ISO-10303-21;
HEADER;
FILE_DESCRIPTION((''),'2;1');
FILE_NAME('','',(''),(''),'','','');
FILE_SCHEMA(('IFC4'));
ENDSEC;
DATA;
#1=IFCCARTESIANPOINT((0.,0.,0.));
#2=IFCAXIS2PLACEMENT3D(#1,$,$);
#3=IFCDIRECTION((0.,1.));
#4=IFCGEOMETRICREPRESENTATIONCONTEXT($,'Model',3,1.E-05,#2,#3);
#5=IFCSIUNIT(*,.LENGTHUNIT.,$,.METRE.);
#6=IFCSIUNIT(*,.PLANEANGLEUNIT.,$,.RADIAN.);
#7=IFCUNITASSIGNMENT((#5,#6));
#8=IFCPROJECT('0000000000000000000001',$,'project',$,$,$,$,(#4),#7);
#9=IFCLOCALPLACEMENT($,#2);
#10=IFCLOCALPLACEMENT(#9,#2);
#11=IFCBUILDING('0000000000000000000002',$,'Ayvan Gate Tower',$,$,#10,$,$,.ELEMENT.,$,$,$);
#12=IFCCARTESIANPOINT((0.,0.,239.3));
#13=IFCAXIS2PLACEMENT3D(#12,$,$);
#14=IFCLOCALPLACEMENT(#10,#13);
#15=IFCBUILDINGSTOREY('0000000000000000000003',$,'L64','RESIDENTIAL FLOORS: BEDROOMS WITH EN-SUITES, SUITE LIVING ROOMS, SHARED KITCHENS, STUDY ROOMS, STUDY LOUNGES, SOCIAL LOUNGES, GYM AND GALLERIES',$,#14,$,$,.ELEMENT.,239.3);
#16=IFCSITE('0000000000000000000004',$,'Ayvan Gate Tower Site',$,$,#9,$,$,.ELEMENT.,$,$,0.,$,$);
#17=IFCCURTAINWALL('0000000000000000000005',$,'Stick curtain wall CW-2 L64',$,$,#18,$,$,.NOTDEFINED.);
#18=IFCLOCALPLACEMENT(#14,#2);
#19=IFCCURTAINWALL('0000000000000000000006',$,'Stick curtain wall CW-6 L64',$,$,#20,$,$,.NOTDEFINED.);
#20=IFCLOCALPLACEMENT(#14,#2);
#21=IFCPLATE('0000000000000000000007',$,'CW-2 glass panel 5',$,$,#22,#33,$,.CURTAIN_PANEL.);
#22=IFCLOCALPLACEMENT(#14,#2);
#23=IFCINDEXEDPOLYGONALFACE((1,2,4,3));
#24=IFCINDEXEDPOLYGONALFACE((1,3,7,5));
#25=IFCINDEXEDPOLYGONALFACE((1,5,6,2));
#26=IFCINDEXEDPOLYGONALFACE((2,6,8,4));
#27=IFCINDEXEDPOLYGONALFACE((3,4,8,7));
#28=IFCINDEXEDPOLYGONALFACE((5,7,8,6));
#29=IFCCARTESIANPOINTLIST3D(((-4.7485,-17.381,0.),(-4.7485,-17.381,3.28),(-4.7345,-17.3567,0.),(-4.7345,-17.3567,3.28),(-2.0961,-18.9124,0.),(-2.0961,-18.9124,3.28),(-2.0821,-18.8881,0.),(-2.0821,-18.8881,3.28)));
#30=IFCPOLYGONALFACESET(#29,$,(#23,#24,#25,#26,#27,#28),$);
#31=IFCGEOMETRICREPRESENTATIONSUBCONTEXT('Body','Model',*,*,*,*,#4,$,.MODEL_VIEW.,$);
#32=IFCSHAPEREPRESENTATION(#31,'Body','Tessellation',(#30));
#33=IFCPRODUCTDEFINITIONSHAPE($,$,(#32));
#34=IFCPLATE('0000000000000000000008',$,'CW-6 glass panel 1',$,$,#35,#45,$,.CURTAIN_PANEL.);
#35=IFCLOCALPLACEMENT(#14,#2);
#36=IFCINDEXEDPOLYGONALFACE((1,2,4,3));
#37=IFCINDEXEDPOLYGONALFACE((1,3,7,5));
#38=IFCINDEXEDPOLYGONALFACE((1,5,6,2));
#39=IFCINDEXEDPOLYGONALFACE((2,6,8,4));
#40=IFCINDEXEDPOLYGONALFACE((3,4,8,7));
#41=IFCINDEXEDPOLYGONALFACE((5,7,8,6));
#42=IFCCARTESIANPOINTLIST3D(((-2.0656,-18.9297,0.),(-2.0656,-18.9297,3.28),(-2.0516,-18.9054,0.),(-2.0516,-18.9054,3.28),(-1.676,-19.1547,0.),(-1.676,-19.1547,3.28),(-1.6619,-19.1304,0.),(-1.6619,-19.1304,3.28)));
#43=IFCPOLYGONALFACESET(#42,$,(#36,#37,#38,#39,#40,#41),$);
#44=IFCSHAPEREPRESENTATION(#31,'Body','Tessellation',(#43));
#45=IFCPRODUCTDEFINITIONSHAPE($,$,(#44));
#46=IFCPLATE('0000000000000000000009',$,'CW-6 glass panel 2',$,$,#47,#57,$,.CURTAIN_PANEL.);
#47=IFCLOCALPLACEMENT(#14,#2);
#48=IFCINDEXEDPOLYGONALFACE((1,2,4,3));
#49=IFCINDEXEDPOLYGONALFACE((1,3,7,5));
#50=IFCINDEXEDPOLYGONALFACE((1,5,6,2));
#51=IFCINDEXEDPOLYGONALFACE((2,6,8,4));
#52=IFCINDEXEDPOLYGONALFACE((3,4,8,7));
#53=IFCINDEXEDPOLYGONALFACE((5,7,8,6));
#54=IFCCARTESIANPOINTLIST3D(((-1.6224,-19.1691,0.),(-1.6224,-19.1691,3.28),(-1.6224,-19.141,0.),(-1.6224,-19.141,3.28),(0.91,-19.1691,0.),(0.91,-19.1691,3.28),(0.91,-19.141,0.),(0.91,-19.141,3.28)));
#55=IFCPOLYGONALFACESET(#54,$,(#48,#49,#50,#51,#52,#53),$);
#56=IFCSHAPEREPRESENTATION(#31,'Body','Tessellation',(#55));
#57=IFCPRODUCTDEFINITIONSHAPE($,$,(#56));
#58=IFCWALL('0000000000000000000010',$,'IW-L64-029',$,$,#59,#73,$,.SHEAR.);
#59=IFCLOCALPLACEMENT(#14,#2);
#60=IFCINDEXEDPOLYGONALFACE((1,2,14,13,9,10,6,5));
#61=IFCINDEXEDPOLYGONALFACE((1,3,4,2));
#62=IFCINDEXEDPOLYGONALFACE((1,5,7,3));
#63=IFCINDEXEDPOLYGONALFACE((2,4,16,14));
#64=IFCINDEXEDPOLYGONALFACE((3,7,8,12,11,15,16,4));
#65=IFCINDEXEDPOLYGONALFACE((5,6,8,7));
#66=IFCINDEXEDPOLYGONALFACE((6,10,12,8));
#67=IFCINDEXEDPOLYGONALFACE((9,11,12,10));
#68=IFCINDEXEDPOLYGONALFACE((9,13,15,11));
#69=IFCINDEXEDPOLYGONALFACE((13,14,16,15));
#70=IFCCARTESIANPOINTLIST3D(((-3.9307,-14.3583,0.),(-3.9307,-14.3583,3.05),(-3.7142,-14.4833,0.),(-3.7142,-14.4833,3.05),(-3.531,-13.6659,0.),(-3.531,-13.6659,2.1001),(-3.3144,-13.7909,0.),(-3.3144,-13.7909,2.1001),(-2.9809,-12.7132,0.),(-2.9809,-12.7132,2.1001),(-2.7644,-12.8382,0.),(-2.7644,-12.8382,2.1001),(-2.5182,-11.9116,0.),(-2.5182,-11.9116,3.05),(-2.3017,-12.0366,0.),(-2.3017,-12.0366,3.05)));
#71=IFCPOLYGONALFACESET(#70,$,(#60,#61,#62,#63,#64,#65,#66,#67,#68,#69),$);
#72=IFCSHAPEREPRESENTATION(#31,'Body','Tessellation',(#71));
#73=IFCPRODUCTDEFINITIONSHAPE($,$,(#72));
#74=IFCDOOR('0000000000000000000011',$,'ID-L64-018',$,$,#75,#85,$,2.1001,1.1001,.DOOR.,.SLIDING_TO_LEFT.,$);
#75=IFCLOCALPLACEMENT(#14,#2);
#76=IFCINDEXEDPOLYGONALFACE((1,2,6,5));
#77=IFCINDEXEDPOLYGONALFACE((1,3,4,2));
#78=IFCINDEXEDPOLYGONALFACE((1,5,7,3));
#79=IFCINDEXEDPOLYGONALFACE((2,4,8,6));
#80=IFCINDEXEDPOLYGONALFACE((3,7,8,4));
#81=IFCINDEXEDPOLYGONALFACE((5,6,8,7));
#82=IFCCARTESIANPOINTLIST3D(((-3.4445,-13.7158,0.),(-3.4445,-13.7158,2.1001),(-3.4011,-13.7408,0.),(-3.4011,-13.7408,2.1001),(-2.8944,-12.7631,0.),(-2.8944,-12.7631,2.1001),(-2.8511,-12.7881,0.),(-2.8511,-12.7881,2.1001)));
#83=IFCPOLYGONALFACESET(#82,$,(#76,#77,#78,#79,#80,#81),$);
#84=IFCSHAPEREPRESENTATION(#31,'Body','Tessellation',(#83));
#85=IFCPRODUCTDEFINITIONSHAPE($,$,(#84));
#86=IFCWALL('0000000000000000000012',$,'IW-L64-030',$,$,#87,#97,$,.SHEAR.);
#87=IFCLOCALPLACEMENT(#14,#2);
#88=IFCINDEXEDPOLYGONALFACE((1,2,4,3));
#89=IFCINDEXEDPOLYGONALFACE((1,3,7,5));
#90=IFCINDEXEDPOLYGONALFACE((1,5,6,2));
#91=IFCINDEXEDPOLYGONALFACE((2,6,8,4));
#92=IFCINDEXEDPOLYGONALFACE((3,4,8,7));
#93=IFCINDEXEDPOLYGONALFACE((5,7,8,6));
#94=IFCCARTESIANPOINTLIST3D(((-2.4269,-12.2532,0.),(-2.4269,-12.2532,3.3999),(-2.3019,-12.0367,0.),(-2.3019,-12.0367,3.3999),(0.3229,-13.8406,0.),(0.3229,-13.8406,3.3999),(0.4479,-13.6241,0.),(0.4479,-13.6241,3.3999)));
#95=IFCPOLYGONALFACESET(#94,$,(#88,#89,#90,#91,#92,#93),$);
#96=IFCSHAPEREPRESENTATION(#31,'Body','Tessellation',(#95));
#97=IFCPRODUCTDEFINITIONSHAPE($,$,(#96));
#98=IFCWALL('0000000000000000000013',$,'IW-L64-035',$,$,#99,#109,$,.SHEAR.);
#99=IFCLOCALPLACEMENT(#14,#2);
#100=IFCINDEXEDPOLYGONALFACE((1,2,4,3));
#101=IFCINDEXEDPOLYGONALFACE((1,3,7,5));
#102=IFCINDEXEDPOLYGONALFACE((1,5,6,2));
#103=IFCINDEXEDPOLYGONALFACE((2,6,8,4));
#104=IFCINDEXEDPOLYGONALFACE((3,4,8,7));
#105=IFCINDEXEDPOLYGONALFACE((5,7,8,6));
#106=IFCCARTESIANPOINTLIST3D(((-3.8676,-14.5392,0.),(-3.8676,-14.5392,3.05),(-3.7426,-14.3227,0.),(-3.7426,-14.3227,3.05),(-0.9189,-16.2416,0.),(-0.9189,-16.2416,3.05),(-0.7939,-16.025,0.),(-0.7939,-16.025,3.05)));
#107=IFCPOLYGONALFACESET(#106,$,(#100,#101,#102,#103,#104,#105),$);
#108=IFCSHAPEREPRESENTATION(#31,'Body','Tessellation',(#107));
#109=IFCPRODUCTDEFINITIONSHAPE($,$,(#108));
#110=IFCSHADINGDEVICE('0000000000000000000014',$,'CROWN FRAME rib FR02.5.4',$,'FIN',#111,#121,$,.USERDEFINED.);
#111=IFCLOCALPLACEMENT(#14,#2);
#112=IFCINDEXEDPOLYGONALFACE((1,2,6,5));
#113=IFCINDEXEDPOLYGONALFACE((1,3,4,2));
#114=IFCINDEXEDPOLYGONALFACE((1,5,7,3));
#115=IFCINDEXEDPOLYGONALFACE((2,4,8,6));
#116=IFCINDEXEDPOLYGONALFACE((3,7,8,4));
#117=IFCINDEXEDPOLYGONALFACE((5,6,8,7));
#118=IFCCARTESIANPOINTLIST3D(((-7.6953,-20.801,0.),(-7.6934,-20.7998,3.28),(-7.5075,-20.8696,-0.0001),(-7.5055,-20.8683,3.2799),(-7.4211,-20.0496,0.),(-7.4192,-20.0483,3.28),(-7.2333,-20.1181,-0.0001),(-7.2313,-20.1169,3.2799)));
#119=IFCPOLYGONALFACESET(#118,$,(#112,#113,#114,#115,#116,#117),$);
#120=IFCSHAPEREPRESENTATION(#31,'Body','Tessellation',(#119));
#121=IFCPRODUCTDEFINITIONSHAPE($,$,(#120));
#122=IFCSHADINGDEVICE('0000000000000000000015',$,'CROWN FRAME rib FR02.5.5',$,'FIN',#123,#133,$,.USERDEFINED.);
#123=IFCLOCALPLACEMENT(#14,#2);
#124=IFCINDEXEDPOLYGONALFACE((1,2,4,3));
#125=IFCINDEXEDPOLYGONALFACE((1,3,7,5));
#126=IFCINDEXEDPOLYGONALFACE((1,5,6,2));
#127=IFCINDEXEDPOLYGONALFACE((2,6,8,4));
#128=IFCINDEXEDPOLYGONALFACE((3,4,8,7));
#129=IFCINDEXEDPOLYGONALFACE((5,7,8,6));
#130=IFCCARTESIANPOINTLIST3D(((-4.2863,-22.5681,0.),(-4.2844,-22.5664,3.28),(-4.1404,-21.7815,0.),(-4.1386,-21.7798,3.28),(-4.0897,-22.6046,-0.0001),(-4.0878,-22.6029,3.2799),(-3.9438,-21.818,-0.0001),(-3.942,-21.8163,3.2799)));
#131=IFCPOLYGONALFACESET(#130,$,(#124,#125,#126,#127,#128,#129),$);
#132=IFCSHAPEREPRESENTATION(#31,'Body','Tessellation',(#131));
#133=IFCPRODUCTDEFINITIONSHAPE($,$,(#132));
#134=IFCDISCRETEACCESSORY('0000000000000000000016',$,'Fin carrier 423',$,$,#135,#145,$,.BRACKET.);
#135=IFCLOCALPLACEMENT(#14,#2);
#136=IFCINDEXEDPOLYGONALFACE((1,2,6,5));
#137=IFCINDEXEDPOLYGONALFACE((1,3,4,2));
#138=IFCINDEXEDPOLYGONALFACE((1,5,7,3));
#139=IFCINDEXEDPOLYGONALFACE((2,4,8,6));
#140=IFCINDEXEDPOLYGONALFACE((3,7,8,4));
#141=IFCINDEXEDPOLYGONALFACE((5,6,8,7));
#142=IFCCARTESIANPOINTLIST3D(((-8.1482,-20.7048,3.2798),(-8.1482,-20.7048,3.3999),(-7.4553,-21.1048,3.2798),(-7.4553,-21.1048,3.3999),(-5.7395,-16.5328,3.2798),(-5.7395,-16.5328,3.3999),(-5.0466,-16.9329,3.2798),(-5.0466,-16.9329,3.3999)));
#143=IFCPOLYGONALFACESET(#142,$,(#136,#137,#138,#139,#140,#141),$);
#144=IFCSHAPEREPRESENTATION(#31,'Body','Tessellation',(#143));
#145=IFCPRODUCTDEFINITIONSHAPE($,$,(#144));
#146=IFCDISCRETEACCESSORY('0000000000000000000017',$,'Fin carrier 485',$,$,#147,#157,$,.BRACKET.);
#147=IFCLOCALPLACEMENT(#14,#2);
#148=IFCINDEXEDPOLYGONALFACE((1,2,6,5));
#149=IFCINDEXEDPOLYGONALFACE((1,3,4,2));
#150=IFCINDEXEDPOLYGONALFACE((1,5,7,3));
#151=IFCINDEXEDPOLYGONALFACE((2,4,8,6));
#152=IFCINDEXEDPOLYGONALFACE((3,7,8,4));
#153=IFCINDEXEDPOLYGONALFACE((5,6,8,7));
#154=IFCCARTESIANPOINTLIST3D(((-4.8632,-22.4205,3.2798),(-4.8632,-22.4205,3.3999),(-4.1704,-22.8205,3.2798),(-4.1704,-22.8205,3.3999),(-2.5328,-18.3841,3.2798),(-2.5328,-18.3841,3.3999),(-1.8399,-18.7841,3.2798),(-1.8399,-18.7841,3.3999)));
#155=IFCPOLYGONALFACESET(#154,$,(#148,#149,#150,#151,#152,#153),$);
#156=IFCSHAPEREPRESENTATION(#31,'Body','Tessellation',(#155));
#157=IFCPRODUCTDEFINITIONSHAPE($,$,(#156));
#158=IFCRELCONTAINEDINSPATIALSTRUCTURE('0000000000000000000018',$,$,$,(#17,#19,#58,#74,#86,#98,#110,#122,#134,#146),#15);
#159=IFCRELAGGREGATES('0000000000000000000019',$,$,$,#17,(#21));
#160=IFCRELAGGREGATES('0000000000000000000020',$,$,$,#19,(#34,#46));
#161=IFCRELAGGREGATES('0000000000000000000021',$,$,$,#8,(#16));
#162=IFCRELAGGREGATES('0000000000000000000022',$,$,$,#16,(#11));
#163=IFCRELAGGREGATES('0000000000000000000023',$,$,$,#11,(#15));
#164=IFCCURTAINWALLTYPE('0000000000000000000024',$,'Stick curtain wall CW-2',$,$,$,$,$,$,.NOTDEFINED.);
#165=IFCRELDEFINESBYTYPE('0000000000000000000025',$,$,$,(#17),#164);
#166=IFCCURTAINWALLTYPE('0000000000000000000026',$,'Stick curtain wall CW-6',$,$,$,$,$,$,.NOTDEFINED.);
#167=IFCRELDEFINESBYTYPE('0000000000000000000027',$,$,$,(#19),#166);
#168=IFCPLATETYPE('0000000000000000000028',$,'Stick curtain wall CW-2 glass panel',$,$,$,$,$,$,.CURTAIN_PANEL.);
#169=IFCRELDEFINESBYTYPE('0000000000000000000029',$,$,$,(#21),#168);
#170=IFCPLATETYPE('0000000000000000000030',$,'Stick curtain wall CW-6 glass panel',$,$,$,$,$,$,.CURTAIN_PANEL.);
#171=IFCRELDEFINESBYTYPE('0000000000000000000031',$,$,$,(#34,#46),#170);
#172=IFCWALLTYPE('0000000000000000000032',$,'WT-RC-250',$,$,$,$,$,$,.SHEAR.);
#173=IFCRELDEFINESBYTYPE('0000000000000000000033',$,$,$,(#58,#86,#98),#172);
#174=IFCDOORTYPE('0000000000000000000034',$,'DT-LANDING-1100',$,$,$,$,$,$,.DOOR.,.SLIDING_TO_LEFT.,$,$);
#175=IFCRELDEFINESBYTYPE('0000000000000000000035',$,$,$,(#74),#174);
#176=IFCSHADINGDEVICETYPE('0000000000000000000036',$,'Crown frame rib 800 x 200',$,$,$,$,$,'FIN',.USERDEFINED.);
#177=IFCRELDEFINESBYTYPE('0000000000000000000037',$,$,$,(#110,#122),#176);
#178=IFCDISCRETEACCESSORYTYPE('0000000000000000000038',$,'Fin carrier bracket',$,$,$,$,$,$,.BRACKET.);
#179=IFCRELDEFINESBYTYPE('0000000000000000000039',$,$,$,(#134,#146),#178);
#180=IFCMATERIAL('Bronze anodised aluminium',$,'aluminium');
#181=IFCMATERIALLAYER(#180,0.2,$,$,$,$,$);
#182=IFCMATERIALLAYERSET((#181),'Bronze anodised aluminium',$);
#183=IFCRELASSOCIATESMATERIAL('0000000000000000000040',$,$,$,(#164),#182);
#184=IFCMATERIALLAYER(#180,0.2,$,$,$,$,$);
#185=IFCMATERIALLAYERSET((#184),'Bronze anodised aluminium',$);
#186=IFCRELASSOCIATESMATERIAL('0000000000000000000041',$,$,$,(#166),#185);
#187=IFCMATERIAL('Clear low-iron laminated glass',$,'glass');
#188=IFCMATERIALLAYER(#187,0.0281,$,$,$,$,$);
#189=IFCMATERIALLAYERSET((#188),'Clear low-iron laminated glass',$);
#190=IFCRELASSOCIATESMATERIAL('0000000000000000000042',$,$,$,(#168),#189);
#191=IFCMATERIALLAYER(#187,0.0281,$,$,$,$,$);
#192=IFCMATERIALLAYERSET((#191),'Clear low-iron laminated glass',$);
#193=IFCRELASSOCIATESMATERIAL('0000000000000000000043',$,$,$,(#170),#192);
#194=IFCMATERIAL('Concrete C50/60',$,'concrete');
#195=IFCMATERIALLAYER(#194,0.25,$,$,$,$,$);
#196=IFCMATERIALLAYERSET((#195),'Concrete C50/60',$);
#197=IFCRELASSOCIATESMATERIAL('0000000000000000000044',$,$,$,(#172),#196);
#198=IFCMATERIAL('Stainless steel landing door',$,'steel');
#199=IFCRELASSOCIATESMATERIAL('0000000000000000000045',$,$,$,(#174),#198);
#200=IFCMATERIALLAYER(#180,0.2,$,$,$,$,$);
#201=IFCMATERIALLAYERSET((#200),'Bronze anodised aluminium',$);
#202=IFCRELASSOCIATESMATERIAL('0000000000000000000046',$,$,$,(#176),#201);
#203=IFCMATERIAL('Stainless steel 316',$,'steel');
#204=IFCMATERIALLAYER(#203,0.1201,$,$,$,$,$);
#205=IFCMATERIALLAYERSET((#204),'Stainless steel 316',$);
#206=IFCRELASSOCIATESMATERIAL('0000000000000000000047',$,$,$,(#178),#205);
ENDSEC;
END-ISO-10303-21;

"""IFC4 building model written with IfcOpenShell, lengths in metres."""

from ifc_helpers import new_model, si_unit, direction, frame, frame_2d, origin, origin_2d, place, context, subcontext, project, spatial, polyline, rectangle, outline, extrude, material, layer, layer_set, type_object, element, fill, aggregate, save


model = new_model("IFC4")

# Units and contexts
model_context = context("Model", 3, precision=1e-05, world=origin(), true_north=direction((0.0, 1.0)))
body_context = subcontext(model_context, "Body", "Model", "MODEL_VIEW")
ifc_project = project(units=[si_unit("LENGTHUNIT", "METRE"), si_unit("PLANEANGLEUNIT", "RADIAN")], contexts=[model_context])

# Site, building, storey
site_placement = place(None, origin())
site = spatial("IfcSite", under=ifc_project, at=site_placement, Name="Ayvan Gate Tower Site", CompositionType="ELEMENT", RefElevation=0.0)
building_placement = place(site_placement, origin())
building = spatial("IfcBuilding", under=site, at=building_placement, Name="Ayvan Gate Tower", CompositionType="ELEMENT")
storey_placement = place(building_placement, frame((0.0, 0.0, 239.3)))
storey = spatial("IfcBuildingStorey", under=building, at=storey_placement, Name="L64", Description="RESIDENTIAL FLOORS: BEDROOMS WITH EN-SUITES, SUITE LIVING ROOMS, SHARED KITCHENS, STUDY ROOMS, STUDY LOUNGES, SOCIAL LOUNGES, GYM AND GALLERIES", CompositionType="ELEMENT", Elevation=239.3)

# Shared definitions
ifc_material_1 = material(Name="Concrete C50/60", Category="concrete")

# Curtain walls
ifc_material_2 = material(Name="Bronze anodised aluminium", Category="aluminium")
ifc_layer_1 = layer(ifc_material_2, 0.2)
ifc_layer_set_1 = layer_set([ifc_layer_1], Name="Bronze anodised aluminium")
curtain_wall_type_1 = type_object("IfcCurtainWallType", Name="Stick curtain wall CW-2", PredefinedType="NOTDEFINED", material=ifc_layer_set_1)
curtain_wall_1_placement = place(storey_placement, origin())
curtain_wall_1 = element("IfcCurtainWall", 1, at=curtain_wall_1_placement, inside=storey, type_object=curtain_wall_type_1, Name="Stick curtain wall CW-2 L64", PredefinedType="NOTDEFINED")
ifc_layer_2 = layer(ifc_material_2, 0.2)
ifc_layer_set_2 = layer_set([ifc_layer_2], Name="Bronze anodised aluminium")
curtain_wall_type_2 = type_object("IfcCurtainWallType", Name="Stick curtain wall CW-6", PredefinedType="NOTDEFINED", material=ifc_layer_set_2)
curtain_wall_2_placement = place(storey_placement, origin())
curtain_wall_2 = element("IfcCurtainWall", 2, at=curtain_wall_2_placement, inside=storey, type_object=curtain_wall_type_2, Name="Stick curtain wall CW-6 L64", PredefinedType="NOTDEFINED")

# Plates
ifc_material_3 = material(Name="Clear low-iron laminated glass", Category="glass")
ifc_layer_3 = layer(ifc_material_3, 0.0281)
ifc_layer_set_3 = layer_set([ifc_layer_3], Name="Clear low-iron laminated glass")
plate_type_1 = type_object("IfcPlateType", Name="Stick curtain wall CW-2 glass panel", PredefinedType="CURTAIN_PANEL", material=ifc_layer_set_3)
plate_1_placement = place(storey_placement, frame((-3.4153, -18.1345, 0.0), z_axis=(0.0, 0.0, 1.0), x_axis=(0.866025, -0.5, 0.0)))
plate_1 = element("IfcPlate", 3, at=plate_1_placement, type_object=plate_type_1, Name="CW-2 glass panel 5", PredefinedType="CURTAIN_PANEL", context=body_context, shape_type="SweptSolid", body=[
    extrude(rectangle(XDim=3.0627, YDim=0.0281, at=origin_2d()), origin(), (0.0, 0.0, 1.0), 3.28),
])
aggregate(curtain_wall_1, [plate_1])
ifc_layer_4 = layer(ifc_material_3, 0.0281)
ifc_layer_set_4 = layer_set([ifc_layer_4], Name="Clear low-iron laminated glass")
plate_type_2 = type_object("IfcPlateType", Name="Stick curtain wall CW-6 glass panel", PredefinedType="CURTAIN_PANEL", material=ifc_layer_set_4)
plate_2_placement = place(storey_placement, frame((-1.8638, -19.03, 0.0), z_axis=(0.0, 0.0, 1.0), x_axis=(0.866025, -0.5, 0.0)))
plate_2 = element("IfcPlate", 4, at=plate_2_placement, type_object=plate_type_2, Name="CW-6 glass panel 1", PredefinedType="CURTAIN_PANEL", context=body_context, shape_type="SweptSolid", body=[
    extrude(rectangle(XDim=0.45, YDim=0.0281, at=origin_2d()), origin(), (0.0, 0.0, 1.0), 3.28),
])
plate_3_placement = place(storey_placement, frame((-0.3562, -19.155, 0.0), z_axis=(0.0, 0.0, 1.0), x_axis=(1.0, 0.0, 0.0)))
plate_3 = element("IfcPlate", 5, at=plate_3_placement, type_object=plate_type_2, Name="CW-6 glass panel 2", PredefinedType="CURTAIN_PANEL", context=body_context, shape_type="SweptSolid", body=[
    extrude(rectangle(XDim=2.5325, YDim=0.0281, at=origin_2d()), origin(), (0.0, 0.0, 1.0), 3.28),
])
aggregate(curtain_wall_2, [plate_2, plate_3])

# Wall, opening, door
ifc_layer_5 = layer(ifc_material_1, 0.25)
ifc_layer_set_5 = layer_set([ifc_layer_5], Name="Concrete C50/60")
wall_type = type_object("IfcWallType", Name="WT-RC-250", PredefinedType="SHEAR", material=ifc_layer_set_5)
wall_1_placement = place(storey_placement, frame((-2.4099, -11.9741, 0.0), z_axis=(0.0, 0.0, 1.0), x_axis=(-0.499987, -0.866033, 0.0)))
wall_1 = element("IfcWall", 6, at=wall_1_placement, inside=storey, type_object=wall_type, Name="IW-L64-029", PredefinedType="SHEAR", context=body_context, shape_type="SweptSolid", body=[
    extrude(rectangle(XDim=2.8252, YDim=0.25, at=frame_2d((1.4126, 0.0))), origin(), (0.0, 0.0, 1.0), 3.05),
])
opening_placement = place(wall_1_placement, frame((0.9255, 0.0, 0.0)))
opening = element("IfcOpeningElement", 7, at=opening_placement, cuts=wall_1, PredefinedType="OPENING", context=body_context, shape_type="SweptSolid", body=[
    extrude(rectangle(XDim=1.1001, YDim=2.1001, at=frame_2d((0.55, 1.05))), frame((0.0, 0.135, 0.0), z_axis=(0.0, -1.0, 0.0), x_axis=(1.0, 0.0, 0.0)), (0.0, 0.0, 1.0), 0.27),
])
ifc_material_4 = material(Name="Stainless steel landing door", Category="steel")
door_type = type_object("IfcDoorType", Name="DT-LANDING-1100", OperationType="SLIDING_TO_LEFT", PredefinedType="DOOR", material=ifc_material_4)
door_placement = place(opening_placement, origin())
door = element("IfcDoor", 8, at=door_placement, inside=storey, type_object=door_type, Name="ID-L64-018", OperationType="SLIDING_TO_LEFT", OverallHeight=2.1001, OverallWidth=1.1001, PredefinedType="DOOR", context=body_context, shape_type="SweptSolid", body=[
    extrude(rectangle(XDim=1.1001, YDim=2.1001, at=frame_2d((0.55, 1.05))), frame((0.0, 0.0249, 0.0), z_axis=(0.0, -1.0, 0.0), x_axis=(1.0, 0.0, 0.0)), (0.0, 0.0, 1.0), 0.05),
])
fill(opening, door)

# Walls
wall_2_placement = place(storey_placement, frame((-2.3643, -12.145, 0.0), z_axis=(0.0, 0.0, 1.0), x_axis=(0.866049, -0.49996, 0.0)))
element("IfcWall", 9, at=wall_2_placement, inside=storey, type_object=wall_type, Name="IW-L64-030", PredefinedType="SHEAR", context=body_context, shape_type="SweptSolid", body=[
    extrude(rectangle(XDim=3.175, YDim=0.25, at=frame_2d((1.5874, 0.0))), origin(), (0.0, 0.0, 1.0), 3.3999),
])
wall_3_placement = place(storey_placement, frame((-0.8564, -16.1333, 0.0), z_axis=(0.0, 0.0, 1.0), x_axis=(-0.866033, 0.499987, 0.0)))
element("IfcWall", 10, at=wall_3_placement, inside=storey, type_object=wall_type, Name="IW-L64-035", PredefinedType="SHEAR", context=body_context, shape_type="SweptSolid", body=[
    extrude(rectangle(XDim=3.4048, YDim=0.25, at=frame_2d((1.7024, 0.0))), origin(), (0.0, 0.0, 1.0), 3.05),
])

# Shading devices
ifc_layer_6 = layer(ifc_material_2, 0.2)
ifc_layer_set_6 = layer_set([ifc_layer_6], Name="Bronze anodised aluminium")
shading_device_type = type_object("IfcShadingDeviceType", Name="Crown frame rib 800 x 200", ElementType="FIN", PredefinedType="USERDEFINED", material=ifc_layer_set_6)
shading_device_1_placement = place(storey_placement, frame((-7.4211, -20.0496, 0.0), z_axis=(-0.939427, 0.342748, 0.000432), x_axis=(-0.342748, -0.939428, 0.0)))
element("IfcShadingDevice", 11, at=shading_device_1_placement, inside=storey, type_object=shading_device_type, Name="CROWN FRAME rib FR02.5.4", ObjectType="FIN", PredefinedType="USERDEFINED", context=body_context, shape_type="SweptSolid", body=[
    extrude(outline(polyline([(0.0, 0.0), (0.7999, 0.0), (0.7981, 3.28), (-0.0018, 3.28), (0.0, 0.0)])), origin(), (0.0, 0.0, -1.0), 0.2),
])
shading_device_2_placement = place(storey_placement, frame((-4.1404, -21.7815, 0.0), z_axis=(-0.983236, 0.182335, 0.000454), x_axis=(-0.182335, -0.983236, 0.0)))
element("IfcShadingDevice", 12, at=shading_device_2_placement, inside=storey, type_object=shading_device_type, Name="CROWN FRAME rib FR02.5.5", ObjectType="FIN", PredefinedType="USERDEFINED", context=body_context, shape_type="SweptSolid", body=[
    extrude(outline(polyline([(0.0, 0.0), (0.8001, 0.0), (0.798, 3.28), (-0.002, 3.28), (0.0, 0.0)])), origin(), (0.0, 0.0, -1.0), 0.2),
])

# Discrete accessories
ifc_material_5 = material(Name="Stainless steel 316", Category="steel")
ifc_layer_7 = layer(ifc_material_5, 0.1201)
ifc_layer_set_7 = layer_set([ifc_layer_7], Name="Stainless steel 316")
discrete_accessory_type = type_object("IfcDiscreteAccessoryType", Name="Fin carrier bracket", PredefinedType="BRACKET", material=ifc_layer_set_7)
discrete_accessory_1_placement = place(storey_placement, frame((-6.5974, -18.8188, 3.2798), z_axis=(0.0, 0.0, 1.0), x_axis=(0.866025, -0.5, 0.0)))
element("IfcDiscreteAccessory", 13, at=discrete_accessory_1_placement, inside=storey, type_object=discrete_accessory_type, Name="Fin carrier 423", PredefinedType="BRACKET", context=body_context, shape_type="SweptSolid", body=[
    extrude(rectangle(XDim=0.8, YDim=4.8174, at=origin_2d()), origin(), (0.0, 0.0, 1.0), 0.1201),
])
discrete_accessory_2_placement = place(storey_placement, frame((-3.3516, -20.6023, 3.2798), z_axis=(0.0, 0.0, 1.0), x_axis=(0.866025, -0.5, 0.0)))
element("IfcDiscreteAccessory", 14, at=discrete_accessory_2_placement, inside=storey, type_object=discrete_accessory_type, Name="Fin carrier 485", PredefinedType="BRACKET", context=body_context, shape_type="SweptSolid", body=[
    extrude(rectangle(XDim=0.8, YDim=4.6609, at=origin_2d()), origin(), (0.0, 0.0, 1.0), 0.1201),
])

save(model, "model.ifc")
